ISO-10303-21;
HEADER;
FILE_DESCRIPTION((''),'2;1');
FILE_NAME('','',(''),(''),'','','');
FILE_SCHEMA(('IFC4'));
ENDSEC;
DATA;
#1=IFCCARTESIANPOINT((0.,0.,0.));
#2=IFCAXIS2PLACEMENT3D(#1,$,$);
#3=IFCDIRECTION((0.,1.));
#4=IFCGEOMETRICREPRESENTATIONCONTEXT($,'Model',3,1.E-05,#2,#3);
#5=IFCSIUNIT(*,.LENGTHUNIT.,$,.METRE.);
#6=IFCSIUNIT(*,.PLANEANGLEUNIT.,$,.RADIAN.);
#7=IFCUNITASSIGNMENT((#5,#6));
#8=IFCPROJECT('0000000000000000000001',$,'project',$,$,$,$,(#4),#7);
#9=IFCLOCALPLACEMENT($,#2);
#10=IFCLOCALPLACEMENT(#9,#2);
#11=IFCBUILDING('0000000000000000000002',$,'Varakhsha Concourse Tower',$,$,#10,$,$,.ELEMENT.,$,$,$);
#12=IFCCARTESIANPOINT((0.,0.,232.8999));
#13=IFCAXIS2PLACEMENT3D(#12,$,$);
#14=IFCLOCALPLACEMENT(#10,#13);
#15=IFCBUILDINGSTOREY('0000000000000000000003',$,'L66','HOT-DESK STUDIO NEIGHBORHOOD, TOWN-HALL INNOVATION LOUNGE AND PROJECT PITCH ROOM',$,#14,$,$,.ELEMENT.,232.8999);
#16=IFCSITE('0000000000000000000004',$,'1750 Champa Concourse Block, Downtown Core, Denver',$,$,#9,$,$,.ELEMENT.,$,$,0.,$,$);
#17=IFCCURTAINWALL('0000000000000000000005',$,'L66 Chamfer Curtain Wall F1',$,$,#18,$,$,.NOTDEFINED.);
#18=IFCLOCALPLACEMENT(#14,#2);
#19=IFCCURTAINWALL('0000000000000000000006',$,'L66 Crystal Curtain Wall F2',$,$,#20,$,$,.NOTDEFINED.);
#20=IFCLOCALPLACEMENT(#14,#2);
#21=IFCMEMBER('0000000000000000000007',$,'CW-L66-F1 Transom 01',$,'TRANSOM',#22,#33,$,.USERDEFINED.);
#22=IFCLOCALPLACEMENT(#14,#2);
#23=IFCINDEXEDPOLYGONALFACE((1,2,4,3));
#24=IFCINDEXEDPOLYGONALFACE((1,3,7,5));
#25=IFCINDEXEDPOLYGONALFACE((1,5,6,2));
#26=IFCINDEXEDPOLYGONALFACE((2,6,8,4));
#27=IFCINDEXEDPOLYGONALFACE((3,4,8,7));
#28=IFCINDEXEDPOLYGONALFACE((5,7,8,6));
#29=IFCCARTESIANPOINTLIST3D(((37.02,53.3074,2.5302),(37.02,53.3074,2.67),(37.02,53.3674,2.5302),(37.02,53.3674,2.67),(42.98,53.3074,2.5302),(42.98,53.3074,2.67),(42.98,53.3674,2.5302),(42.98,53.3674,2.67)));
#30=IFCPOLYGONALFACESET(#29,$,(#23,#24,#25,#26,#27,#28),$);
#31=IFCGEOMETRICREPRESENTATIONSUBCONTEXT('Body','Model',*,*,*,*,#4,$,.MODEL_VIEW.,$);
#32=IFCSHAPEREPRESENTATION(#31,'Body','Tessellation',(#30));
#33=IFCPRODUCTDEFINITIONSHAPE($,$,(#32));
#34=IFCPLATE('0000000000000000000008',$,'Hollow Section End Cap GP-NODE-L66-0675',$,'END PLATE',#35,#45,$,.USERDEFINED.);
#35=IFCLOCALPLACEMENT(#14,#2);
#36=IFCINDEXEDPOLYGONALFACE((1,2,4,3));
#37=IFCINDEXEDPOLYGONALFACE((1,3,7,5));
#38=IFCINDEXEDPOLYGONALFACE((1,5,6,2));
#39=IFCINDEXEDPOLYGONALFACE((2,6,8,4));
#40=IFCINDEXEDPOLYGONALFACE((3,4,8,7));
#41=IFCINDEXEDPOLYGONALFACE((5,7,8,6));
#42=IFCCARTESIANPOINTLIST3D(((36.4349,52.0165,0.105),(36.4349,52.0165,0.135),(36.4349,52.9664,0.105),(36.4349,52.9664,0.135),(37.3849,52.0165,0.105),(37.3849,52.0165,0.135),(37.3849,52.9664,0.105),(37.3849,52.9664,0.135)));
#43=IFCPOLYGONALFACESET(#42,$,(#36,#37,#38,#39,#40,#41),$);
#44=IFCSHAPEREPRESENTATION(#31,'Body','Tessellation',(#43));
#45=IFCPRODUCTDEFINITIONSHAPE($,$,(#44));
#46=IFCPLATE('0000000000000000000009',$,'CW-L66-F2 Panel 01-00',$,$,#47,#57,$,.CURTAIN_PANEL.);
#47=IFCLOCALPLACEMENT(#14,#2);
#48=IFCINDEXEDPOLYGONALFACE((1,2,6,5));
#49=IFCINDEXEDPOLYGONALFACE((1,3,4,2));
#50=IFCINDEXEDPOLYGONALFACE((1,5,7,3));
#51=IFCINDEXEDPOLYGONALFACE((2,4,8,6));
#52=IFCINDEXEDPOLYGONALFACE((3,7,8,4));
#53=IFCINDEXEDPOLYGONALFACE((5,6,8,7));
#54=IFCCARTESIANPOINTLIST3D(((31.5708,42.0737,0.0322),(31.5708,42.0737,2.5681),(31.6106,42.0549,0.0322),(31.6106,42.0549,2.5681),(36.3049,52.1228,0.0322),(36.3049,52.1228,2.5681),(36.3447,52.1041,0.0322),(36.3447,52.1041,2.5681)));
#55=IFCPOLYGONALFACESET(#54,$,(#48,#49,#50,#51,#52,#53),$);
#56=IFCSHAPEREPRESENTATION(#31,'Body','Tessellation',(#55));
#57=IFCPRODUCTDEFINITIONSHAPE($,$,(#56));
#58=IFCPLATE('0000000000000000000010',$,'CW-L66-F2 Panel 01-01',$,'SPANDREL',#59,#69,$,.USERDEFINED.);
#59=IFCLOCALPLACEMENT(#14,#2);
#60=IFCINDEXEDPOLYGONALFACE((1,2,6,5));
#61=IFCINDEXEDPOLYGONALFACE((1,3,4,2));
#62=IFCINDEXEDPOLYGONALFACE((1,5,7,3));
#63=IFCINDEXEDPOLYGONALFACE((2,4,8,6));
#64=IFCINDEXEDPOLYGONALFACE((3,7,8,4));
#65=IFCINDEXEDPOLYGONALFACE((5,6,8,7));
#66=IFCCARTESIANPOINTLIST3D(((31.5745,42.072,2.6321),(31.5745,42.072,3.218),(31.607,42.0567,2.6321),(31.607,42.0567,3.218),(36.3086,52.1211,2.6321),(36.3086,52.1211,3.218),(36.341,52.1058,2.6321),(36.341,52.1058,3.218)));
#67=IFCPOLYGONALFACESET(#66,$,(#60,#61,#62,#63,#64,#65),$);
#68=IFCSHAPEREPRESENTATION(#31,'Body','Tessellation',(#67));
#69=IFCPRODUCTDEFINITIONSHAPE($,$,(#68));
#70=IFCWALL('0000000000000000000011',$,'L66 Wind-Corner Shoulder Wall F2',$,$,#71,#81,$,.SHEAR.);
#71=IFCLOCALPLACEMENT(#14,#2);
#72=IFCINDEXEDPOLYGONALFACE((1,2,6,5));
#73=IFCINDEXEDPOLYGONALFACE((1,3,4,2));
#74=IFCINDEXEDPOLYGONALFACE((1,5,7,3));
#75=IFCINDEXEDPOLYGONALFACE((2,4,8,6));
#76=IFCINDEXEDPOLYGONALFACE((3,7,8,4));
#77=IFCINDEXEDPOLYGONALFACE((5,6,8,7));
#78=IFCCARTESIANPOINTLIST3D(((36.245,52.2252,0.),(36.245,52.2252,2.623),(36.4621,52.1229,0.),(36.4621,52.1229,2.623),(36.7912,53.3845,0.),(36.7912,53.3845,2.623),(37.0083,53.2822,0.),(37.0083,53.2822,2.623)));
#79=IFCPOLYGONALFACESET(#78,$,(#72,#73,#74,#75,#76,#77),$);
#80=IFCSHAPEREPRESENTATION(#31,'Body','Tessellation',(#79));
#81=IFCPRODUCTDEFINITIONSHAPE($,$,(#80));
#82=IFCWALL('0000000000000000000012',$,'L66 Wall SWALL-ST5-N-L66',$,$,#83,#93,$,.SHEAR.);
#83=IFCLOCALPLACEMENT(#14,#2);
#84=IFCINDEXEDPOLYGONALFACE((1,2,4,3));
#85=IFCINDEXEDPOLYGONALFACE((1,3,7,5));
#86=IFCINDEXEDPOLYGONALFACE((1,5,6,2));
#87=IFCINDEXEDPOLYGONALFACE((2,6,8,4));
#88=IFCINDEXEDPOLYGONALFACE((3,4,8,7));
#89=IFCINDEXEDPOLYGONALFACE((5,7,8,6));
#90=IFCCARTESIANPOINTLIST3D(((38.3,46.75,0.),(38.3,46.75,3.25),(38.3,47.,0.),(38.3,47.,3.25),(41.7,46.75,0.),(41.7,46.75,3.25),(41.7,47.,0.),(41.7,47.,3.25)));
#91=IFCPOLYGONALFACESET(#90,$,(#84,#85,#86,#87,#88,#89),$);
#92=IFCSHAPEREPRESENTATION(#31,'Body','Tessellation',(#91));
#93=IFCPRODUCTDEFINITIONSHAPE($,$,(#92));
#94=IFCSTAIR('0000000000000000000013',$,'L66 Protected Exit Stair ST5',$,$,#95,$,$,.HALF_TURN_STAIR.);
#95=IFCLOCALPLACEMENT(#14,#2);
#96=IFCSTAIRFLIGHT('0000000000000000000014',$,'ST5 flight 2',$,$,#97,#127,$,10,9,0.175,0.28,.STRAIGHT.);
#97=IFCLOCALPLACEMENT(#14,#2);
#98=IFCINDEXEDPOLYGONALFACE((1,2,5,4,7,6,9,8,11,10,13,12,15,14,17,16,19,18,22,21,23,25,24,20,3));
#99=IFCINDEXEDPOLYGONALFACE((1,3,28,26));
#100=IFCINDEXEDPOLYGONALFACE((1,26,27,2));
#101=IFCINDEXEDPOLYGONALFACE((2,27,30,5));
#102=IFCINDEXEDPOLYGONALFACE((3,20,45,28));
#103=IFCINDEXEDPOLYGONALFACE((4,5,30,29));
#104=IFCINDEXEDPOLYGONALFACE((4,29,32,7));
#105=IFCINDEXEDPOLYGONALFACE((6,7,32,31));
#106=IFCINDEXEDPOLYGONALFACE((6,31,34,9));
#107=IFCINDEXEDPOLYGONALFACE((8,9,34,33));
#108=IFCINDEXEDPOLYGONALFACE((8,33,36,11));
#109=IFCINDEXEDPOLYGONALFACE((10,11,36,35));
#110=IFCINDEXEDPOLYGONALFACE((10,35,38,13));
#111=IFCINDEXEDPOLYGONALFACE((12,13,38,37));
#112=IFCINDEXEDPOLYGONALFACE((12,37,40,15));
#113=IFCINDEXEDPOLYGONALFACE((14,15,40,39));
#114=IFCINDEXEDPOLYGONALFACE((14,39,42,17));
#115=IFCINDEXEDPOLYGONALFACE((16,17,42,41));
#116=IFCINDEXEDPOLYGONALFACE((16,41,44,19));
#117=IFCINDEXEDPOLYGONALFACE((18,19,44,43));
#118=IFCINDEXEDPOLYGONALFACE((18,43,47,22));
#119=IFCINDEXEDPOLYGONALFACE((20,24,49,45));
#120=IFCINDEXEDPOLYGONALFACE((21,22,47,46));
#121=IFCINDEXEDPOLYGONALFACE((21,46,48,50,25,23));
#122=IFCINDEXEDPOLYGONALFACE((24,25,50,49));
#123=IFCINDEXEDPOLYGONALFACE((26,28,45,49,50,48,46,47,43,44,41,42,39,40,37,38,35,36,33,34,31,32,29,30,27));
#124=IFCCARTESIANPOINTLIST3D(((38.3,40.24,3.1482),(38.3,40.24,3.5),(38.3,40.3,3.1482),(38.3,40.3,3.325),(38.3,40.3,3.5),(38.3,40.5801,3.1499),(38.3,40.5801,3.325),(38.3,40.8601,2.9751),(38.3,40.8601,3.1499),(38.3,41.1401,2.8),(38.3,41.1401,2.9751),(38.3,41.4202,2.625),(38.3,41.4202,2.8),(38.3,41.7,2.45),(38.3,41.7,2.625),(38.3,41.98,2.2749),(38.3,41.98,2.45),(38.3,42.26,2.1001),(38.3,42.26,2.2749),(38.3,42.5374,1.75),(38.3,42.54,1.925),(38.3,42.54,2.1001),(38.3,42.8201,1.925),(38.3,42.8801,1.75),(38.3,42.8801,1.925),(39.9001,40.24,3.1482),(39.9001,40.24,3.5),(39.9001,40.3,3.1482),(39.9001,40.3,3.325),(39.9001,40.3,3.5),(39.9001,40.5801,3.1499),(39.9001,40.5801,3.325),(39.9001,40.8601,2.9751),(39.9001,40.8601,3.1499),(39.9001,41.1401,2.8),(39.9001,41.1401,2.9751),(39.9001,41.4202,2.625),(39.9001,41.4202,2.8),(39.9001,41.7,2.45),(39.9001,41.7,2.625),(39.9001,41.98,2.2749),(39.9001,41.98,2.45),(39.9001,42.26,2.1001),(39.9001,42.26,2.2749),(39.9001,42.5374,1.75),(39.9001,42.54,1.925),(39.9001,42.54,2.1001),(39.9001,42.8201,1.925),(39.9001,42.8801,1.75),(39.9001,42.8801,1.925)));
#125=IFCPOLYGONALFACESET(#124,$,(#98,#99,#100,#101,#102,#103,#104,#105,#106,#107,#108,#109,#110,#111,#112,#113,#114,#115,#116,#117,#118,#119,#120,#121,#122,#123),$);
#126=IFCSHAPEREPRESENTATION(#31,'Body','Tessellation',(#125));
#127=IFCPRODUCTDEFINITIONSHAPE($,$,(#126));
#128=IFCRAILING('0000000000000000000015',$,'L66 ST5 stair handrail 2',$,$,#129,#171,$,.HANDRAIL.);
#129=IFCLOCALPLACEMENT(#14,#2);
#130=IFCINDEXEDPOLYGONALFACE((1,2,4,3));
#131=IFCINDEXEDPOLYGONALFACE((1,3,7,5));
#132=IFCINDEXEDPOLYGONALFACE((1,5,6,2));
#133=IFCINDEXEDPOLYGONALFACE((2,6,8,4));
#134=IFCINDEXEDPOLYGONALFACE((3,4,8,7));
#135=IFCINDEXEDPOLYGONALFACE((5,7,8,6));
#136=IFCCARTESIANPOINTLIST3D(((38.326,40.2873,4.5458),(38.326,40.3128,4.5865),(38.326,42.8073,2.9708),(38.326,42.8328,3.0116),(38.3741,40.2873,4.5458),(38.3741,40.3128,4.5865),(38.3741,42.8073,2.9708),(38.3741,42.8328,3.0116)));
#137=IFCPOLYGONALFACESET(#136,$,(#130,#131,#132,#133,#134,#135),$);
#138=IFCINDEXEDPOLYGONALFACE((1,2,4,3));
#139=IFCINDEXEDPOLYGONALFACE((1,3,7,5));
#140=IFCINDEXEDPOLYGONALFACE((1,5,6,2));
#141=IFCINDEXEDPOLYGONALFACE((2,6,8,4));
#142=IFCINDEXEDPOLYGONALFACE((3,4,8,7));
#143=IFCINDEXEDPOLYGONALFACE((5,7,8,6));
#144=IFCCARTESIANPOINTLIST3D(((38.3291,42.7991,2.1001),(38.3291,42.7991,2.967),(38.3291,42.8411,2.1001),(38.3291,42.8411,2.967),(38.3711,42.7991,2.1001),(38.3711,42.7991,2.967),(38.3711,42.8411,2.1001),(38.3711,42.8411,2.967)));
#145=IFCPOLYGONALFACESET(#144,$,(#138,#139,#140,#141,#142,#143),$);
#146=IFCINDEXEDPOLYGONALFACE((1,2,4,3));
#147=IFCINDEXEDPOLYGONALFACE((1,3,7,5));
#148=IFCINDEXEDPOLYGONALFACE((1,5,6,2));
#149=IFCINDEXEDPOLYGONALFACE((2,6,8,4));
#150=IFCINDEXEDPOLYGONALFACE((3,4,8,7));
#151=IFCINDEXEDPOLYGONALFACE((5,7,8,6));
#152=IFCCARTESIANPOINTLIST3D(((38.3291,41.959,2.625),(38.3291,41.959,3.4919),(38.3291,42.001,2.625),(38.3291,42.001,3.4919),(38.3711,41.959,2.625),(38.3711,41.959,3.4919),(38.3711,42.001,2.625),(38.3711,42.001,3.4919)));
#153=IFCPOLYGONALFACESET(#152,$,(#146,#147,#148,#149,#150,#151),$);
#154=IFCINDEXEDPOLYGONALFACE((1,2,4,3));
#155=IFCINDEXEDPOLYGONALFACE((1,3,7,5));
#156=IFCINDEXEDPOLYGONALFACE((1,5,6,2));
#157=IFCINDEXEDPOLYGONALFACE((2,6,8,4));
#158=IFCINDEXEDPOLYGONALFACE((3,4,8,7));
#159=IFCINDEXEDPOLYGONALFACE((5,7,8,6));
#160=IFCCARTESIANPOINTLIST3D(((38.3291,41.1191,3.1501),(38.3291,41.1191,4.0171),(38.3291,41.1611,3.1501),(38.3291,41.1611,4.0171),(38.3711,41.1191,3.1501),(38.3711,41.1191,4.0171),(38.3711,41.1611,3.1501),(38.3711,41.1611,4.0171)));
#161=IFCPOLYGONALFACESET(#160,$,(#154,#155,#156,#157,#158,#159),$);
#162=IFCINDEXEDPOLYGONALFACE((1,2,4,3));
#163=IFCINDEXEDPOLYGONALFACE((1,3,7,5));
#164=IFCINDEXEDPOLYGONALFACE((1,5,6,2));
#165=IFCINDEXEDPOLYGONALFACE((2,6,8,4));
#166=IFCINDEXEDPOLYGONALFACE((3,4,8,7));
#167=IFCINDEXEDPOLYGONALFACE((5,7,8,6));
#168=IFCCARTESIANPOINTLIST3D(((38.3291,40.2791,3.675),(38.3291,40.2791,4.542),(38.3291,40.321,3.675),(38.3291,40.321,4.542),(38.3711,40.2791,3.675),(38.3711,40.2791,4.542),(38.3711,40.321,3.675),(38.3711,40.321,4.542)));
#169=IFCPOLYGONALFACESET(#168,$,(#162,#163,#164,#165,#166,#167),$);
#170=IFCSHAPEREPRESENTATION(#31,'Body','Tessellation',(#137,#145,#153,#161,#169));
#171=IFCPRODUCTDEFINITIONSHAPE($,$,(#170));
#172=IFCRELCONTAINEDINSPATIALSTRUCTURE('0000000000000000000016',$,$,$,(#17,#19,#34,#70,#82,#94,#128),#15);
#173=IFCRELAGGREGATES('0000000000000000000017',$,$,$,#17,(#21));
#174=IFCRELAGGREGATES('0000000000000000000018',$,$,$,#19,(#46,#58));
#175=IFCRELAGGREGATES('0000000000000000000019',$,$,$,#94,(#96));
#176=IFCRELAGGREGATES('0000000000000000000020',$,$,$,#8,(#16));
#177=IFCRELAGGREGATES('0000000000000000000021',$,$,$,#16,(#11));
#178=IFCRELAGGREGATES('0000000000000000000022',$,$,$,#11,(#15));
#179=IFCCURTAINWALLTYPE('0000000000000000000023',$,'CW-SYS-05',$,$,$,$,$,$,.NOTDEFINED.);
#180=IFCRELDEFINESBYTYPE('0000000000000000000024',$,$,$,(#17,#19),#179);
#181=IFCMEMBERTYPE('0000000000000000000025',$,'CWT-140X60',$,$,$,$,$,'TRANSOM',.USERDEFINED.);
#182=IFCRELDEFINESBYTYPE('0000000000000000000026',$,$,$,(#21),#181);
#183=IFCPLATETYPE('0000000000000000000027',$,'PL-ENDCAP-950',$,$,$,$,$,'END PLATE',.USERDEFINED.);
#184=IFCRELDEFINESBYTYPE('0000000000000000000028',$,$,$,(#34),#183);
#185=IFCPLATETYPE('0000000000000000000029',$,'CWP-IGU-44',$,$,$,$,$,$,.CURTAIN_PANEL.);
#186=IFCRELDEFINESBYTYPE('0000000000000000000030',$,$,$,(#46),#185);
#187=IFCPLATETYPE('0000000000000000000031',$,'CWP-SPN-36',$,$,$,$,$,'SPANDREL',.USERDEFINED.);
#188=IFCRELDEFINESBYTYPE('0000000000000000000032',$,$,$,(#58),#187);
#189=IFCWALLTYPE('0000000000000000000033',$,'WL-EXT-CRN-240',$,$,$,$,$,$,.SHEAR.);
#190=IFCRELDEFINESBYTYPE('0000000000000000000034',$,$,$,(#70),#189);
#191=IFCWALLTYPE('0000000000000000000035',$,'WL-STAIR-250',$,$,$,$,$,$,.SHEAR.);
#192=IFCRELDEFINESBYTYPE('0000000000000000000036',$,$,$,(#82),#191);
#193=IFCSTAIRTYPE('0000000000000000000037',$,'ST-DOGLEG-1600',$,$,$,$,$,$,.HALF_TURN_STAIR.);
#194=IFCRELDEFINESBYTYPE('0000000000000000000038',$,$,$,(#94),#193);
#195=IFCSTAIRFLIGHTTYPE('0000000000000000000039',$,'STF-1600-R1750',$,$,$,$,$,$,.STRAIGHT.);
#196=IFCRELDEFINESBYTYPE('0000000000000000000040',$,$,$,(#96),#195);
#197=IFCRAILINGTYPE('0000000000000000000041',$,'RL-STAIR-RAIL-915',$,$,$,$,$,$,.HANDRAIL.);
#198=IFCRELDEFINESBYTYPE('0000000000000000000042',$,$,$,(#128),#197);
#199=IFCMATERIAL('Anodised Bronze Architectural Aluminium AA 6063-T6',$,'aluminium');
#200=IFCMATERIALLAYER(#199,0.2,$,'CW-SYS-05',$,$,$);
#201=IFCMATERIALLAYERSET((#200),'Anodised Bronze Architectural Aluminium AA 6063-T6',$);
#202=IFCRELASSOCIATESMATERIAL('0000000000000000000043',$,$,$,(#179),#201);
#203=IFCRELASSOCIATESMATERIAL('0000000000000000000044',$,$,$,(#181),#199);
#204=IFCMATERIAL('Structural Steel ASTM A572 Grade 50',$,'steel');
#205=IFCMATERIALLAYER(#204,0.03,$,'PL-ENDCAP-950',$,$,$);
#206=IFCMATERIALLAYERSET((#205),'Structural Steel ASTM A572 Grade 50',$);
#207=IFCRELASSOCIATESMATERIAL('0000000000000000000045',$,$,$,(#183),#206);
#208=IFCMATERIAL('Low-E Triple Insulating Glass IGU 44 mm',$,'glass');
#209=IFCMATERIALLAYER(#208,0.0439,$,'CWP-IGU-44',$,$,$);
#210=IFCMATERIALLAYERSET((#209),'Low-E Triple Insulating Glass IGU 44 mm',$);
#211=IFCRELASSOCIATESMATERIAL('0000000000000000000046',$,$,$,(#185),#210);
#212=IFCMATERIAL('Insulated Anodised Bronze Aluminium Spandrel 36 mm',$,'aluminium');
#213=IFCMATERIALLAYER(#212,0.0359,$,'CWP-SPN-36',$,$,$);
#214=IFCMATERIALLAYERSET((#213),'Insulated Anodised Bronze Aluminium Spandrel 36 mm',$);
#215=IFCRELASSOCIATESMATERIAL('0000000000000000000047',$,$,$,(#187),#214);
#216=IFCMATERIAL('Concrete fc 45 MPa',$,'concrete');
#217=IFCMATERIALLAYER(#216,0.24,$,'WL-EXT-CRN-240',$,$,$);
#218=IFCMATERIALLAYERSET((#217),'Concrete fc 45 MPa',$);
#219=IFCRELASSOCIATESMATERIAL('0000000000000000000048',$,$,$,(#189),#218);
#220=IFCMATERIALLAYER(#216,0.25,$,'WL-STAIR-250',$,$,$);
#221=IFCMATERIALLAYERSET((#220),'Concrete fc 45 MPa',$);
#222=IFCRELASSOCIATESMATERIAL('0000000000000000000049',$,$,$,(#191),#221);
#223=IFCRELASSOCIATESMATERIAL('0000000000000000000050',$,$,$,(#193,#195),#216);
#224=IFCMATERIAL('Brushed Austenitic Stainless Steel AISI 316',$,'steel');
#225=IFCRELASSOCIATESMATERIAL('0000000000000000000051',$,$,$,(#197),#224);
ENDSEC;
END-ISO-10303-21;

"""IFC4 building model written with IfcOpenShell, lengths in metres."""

from ifc_helpers import new_model, si_unit, direction, frame, frame_2d, origin, origin_2d, place, context, subcontext, project, spatial, polyline, rectangle, outline, extrude, source, transform, mapped, material, layer, layer_set, material_profile, profile_set, type_object, type_shapes, element, aggregate, save


model = new_model("IFC4")

# Units and contexts
model_context = context("Model", 3, precision=1e-05, world=origin(), true_north=direction((0.0, 1.0)))
body_context = subcontext(model_context, "Body", "Model", "MODEL_VIEW")
ifc_project = project(units=[si_unit("LENGTHUNIT", "METRE"), si_unit("PLANEANGLEUNIT", "RADIAN")], contexts=[model_context])

# Site, building, storey
site_placement = place(None, origin())
site = spatial("IfcSite", under=ifc_project, at=site_placement, Name="1750 Champa Concourse Block, Downtown Core, Denver", CompositionType="ELEMENT", RefElevation=0.0)
building_placement = place(site_placement, origin())
building = spatial("IfcBuilding", under=site, at=building_placement, Name="Varakhsha Concourse Tower", CompositionType="ELEMENT")
storey_placement = place(building_placement, frame((0.0, 0.0, 232.8999)))
storey = spatial("IfcBuildingStorey", under=building, at=storey_placement, Name="L66", Description="HOT-DESK STUDIO NEIGHBORHOOD, TOWN-HALL INNOVATION LOUNGE AND PROJECT PITCH ROOM", CompositionType="ELEMENT", Elevation=232.8999)

# Shared definitions
ifc_material_1 = material(Name="Structural Steel ASTM A572 Grade 50", Category="steel")

# Curtain wall
ifc_material_2 = material(Name="Anodised Bronze Architectural Aluminium AA 6063-T6", Category="aluminium")
ifc_layer_1 = layer(ifc_material_2, 0.2, Name="CW-SYS-05")
ifc_layer_set_1 = layer_set([ifc_layer_1], Name="Anodised Bronze Architectural Aluminium AA 6063-T6")
curtain_wall_type = type_object("IfcCurtainWallType", Name="CW-SYS-05", PredefinedType="NOTDEFINED", material=ifc_layer_set_1)
curtain_wall_1_placement = place(storey_placement, origin())
curtain_wall_1 = element("IfcCurtainWall", 1, at=curtain_wall_1_placement, inside=storey, type_object=curtain_wall_type, Name="L66 Chamfer Curtain Wall F1", PredefinedType="NOTDEFINED")

# Curtain wall
curtain_wall_2_placement = place(storey_placement, origin())
curtain_wall_2 = element("IfcCurtainWall", 2, at=curtain_wall_2_placement, inside=storey, type_object=curtain_wall_type, Name="L66 Crystal Curtain Wall F2", PredefinedType="NOTDEFINED")

# Member
ifc_material_profile_1 = material_profile(ifc_material_2, rectangle(XDim=0.0601, YDim=0.1399, at=origin_2d()), Name="CWT-140X60")
ifc_profile_set_1 = profile_set([ifc_material_profile_1], Name="Anodised Bronze Architectural Aluminium AA 6063-T6")
member_type_1 = type_object("IfcMemberType", Name="CWT-140X60", ElementType="TRANSOM", PredefinedType="USERDEFINED", material=ifc_profile_set_1)
shared_shape_1 = source(origin(), body_context, "Body", "SweptSolid", [
    extrude(rectangle(XDim=0.0601, YDim=0.1399, at=origin_2d()), origin(), (0.0, 0.0, 1.0), 5.96),
])
type_shapes(member_type_1, [shared_shape_1])
member_1_placement = place(storey_placement, frame((37.02, 53.3374, 2.6001), z_axis=(1.0, 0.0, 0.0), x_axis=(0.0, 1.0, 0.0)))
member_1 = element("IfcMember", 3, at=member_1_placement, type_object=member_type_1, Name="CW-L66-F1 Transom 01", ObjectType="TRANSOM", PredefinedType="USERDEFINED", context=body_context, shape_type="MappedRepresentation", body=[
    mapped(shared_shape_1, transform((0.0, 0.0, 0.0), scale=1.0)),
])
aggregate(curtain_wall_1, [member_1])

# Plates
ifc_layer_2 = layer(ifc_material_1, 0.03, Name="PL-ENDCAP-950")
ifc_layer_set_2 = layer_set([ifc_layer_2], Name="Structural Steel ASTM A572 Grade 50")
plate_type_1 = type_object("IfcPlateType", Name="PL-ENDCAP-950", ElementType="END PLATE", PredefinedType="USERDEFINED", material=ifc_layer_set_2)
shared_shape_2 = source(origin(), body_context, "Body", "SweptSolid", [
    extrude(rectangle(XDim=0.95, YDim=0.95, at=origin_2d()), origin(), (0.0, 0.0, 1.0), 0.03),
])
type_shapes(plate_type_1, [shared_shape_2])
plate_1_placement = place(storey_placement, frame((36.9099, 52.4915, 0.105), z_axis=(0.0, 0.0, 1.0), x_axis=(1.0, 0.0, 0.0)))
element("IfcPlate", 4, at=plate_1_placement, inside=storey, type_object=plate_type_1, Name="Hollow Section End Cap GP-NODE-L66-0675", ObjectType="END PLATE", PredefinedType="USERDEFINED", context=body_context, shape_type="MappedRepresentation", body=[
    mapped(shared_shape_2, transform((0.0, 0.0, 0.0), scale=1.0)),
])
ifc_material_3 = material(Name="Low-E Triple Insulating Glass IGU 44 mm", Category="glass")
ifc_layer_3 = layer(ifc_material_3, 0.0439, Name="CWP-IGU-44")
ifc_layer_set_3 = layer_set([ifc_layer_3], Name="Low-E Triple Insulating Glass IGU 44 mm")
plate_type_2 = type_object("IfcPlateType", Name="CWP-IGU-44", PredefinedType="CURTAIN_PANEL", material=ifc_layer_set_3)
shared_shape_3 = source(origin(), body_context, "Body", "SweptSolid", [
    extrude(rectangle(XDim=11.1084, YDim=0.0439, at=origin_2d()), origin(), (0.0, 0.0, 1.0), 2.5359),
])
type_shapes(plate_type_2, [shared_shape_3])
plate_2_placement = place(storey_placement, frame((33.9578, 47.0889, 0.0322), z_axis=(0.0, 0.0, 1.0), x_axis=(0.426172, 0.904642, 0.0)))
plate_2 = element("IfcPlate", 5, at=plate_2_placement, type_object=plate_type_2, Name="CW-L66-F2 Panel 01-00", PredefinedType="CURTAIN_PANEL", context=body_context, shape_type="MappedRepresentation", body=[
    mapped(shared_shape_3, transform((0.0, 0.0, 0.0), scale=1.0)),
])
ifc_material_4 = material(Name="Insulated Anodised Bronze Aluminium Spandrel 36 mm", Category="aluminium")
ifc_layer_4 = layer(ifc_material_4, 0.0359, Name="CWP-SPN-36")
ifc_layer_set_4 = layer_set([ifc_layer_4], Name="Insulated Anodised Bronze Aluminium Spandrel 36 mm")
plate_type_3 = type_object("IfcPlateType", Name="CWP-SPN-36", ElementType="SPANDREL", PredefinedType="USERDEFINED", material=ifc_layer_set_4)
shared_shape_4 = source(origin(), body_context, "Body", "SweptSolid", [
    extrude(rectangle(XDim=11.1084, YDim=0.0359, at=origin_2d()), origin(), (0.0, 0.0, 1.0), 0.5859),
])
type_shapes(plate_type_3, [shared_shape_4])
plate_3_placement = place(storey_placement, frame((33.9578, 47.0889, 2.6321), z_axis=(0.0, 0.0, 1.0), x_axis=(0.426172, 0.904642, 0.0)))
plate_3 = element("IfcPlate", 6, at=plate_3_placement, type_object=plate_type_3, Name="CW-L66-F2 Panel 01-01", ObjectType="SPANDREL", PredefinedType="USERDEFINED", context=body_context, shape_type="MappedRepresentation", body=[
    mapped(shared_shape_4, transform((0.0, 0.0, 0.0), scale=1.0)),
])
aggregate(curtain_wall_2, [plate_2, plate_3])

# Walls
ifc_material_5 = material(Name="Concrete fc 45 MPa", Category="concrete")
ifc_layer_5 = layer(ifc_material_5, 0.24, Name="WL-EXT-CRN-240")
ifc_layer_set_5 = layer_set([ifc_layer_5], Name="Concrete fc 45 MPa")
wall_type_1 = type_object("IfcWallType", Name="WL-EXT-CRN-240", PredefinedType="SHEAR", material=ifc_layer_set_5)
wall_1_placement = place(storey_placement, frame((36.8997, 53.3333, 0.0), z_axis=(0.0, 0.0, 1.0), x_axis=(-0.42621, -0.904624, 0.0)))
element("IfcWall", 7, at=wall_1_placement, inside=storey, type_object=wall_type_1, Name="L66 Wind-Corner Shoulder Wall F2", PredefinedType="SHEAR", context=body_context, shape_type="SweptSolid", body=[
    extrude(rectangle(XDim=1.2815, YDim=0.24, at=frame_2d((0.6406, 0.0))), origin(), (0.0, 0.0, 1.0), 2.623),
])
ifc_layer_6 = layer(ifc_material_5, 0.25, Name="WL-STAIR-250")
ifc_layer_set_6 = layer_set([ifc_layer_6], Name="Concrete fc 45 MPa")
wall_type_2 = type_object("IfcWallType", Name="WL-STAIR-250", PredefinedType="SHEAR", material=ifc_layer_set_6)
wall_2_placement = place(storey_placement, frame((38.3, 46.875, 0.0), z_axis=(0.0, 0.0, 1.0), x_axis=(1.0, 0.0, 0.0)))
element("IfcWall", 8, at=wall_2_placement, inside=storey, type_object=wall_type_2, Name="L66 Wall SWALL-ST5-N-L66", PredefinedType="SHEAR", context=body_context, shape_type="SweptSolid", body=[
    extrude(rectangle(XDim=3.3999, YDim=0.25, at=frame_2d((1.7, 0.0))), origin(), (0.0, 0.0, 1.0), 3.25),
])

# Stair, stair flight
stair_type = type_object("IfcStairType", Name="ST-DOGLEG-1600", PredefinedType="HALF_TURN_STAIR", material=ifc_material_5)
stair_placement = place(storey_placement, origin())
stair = element("IfcStair", 9, at=stair_placement, inside=storey, type_object=stair_type, Name="L66 Protected Exit Stair ST5", PredefinedType="HALF_TURN_STAIR")
stair_flight_type = type_object("IfcStairFlightType", Name="STF-1600-R1750", PredefinedType="STRAIGHT", material=ifc_material_5)
stair_flight_placement = place(storey_placement, frame((39.1001, 42.8201, 1.75), z_axis=(0.0, 0.0, 1.0), x_axis=(0.0, -1.0, 0.0)))
stair_flight = element("IfcStairFlight", 10, at=stair_flight_placement, type_object=stair_flight_type, Name="ST5 flight 2", NumberOfRisers=10, NumberOfTreads=9, PredefinedType="STRAIGHT", RiserHeight=0.175, TreadLength=0.28, context=body_context, shape_type="SweptSolid", body=[
    extrude(outline(polyline([(-0.0601, 0.0), (-0.0601, 0.175), (0.0, 0.175), (0.28, 0.175), (0.28, 0.3501), (0.5601, 0.3501), (0.5601, 0.5249), (0.8401, 0.5249), (0.8401, 0.7), (1.1201, 0.7), (1.1201, 0.875), (1.3999, 0.875), (1.3999, 1.05), (1.6799, 1.05), (1.6799, 1.2251), (1.96, 1.2251), (1.96, 1.3999), (2.24, 1.3999), (2.24, 1.575), (2.52, 1.575), (2.52, 1.75), (2.5801, 1.75), (2.5801, 1.3982), (2.52, 1.3982), (0.2827, 0.0), (-0.0601, 0.0)])), frame((0.0, 0.8, 0.0), z_axis=(0.0, -1.0, 0.0), x_axis=(1.0, 0.0, 0.0)), (0.0, 0.0, 1.0), 1.6001),
])
aggregate(stair, [stair_flight])

# Railing
ifc_material_6 = material(Name="Brushed Austenitic Stainless Steel AISI 316", Category="steel")
railing_type = type_object("IfcRailingType", Name="RL-STAIR-RAIL-915", PredefinedType="HANDRAIL", material=ifc_material_6)
railing_placement = place(storey_placement, frame((38.3501, 42.8201, 2.1001)))
element("IfcRailing", 11, at=railing_placement, inside=storey, type_object=railing_type, Name="L66 ST5 stair handrail 2", PredefinedType="HANDRAIL", context=body_context, shape_type="SweptSolid", body=[
    extrude(rectangle(XDim=0.0481, YDim=0.0481, at=origin_2d()), frame((0.0, 0.0, 0.8911), z_axis=(0.0, -0.848008, 0.529984), x_axis=(1.0, 0.0, 0.0)), (0.0, 0.0, 1.0), 2.9717),
    extrude(rectangle(XDim=0.042, YDim=0.042, at=origin_2d()), origin(), (0.0, 0.0, 1.0), 0.8669),
    extrude(rectangle(XDim=0.042, YDim=0.042, at=origin_2d()), frame((0.0, -0.8401, 0.5249)), (0.0, 0.0, 1.0), 0.8669),
    extrude(rectangle(XDim=0.042, YDim=0.042, at=origin_2d()), frame((0.0, -1.6799, 1.05)), (0.0, 0.0, 1.0), 0.8669),
    extrude(rectangle(XDim=0.042, YDim=0.042, at=origin_2d()), frame((0.0, -2.52, 1.575)), (0.0, 0.0, 1.0), 0.8669),
])

save(model, "model.ifc")
